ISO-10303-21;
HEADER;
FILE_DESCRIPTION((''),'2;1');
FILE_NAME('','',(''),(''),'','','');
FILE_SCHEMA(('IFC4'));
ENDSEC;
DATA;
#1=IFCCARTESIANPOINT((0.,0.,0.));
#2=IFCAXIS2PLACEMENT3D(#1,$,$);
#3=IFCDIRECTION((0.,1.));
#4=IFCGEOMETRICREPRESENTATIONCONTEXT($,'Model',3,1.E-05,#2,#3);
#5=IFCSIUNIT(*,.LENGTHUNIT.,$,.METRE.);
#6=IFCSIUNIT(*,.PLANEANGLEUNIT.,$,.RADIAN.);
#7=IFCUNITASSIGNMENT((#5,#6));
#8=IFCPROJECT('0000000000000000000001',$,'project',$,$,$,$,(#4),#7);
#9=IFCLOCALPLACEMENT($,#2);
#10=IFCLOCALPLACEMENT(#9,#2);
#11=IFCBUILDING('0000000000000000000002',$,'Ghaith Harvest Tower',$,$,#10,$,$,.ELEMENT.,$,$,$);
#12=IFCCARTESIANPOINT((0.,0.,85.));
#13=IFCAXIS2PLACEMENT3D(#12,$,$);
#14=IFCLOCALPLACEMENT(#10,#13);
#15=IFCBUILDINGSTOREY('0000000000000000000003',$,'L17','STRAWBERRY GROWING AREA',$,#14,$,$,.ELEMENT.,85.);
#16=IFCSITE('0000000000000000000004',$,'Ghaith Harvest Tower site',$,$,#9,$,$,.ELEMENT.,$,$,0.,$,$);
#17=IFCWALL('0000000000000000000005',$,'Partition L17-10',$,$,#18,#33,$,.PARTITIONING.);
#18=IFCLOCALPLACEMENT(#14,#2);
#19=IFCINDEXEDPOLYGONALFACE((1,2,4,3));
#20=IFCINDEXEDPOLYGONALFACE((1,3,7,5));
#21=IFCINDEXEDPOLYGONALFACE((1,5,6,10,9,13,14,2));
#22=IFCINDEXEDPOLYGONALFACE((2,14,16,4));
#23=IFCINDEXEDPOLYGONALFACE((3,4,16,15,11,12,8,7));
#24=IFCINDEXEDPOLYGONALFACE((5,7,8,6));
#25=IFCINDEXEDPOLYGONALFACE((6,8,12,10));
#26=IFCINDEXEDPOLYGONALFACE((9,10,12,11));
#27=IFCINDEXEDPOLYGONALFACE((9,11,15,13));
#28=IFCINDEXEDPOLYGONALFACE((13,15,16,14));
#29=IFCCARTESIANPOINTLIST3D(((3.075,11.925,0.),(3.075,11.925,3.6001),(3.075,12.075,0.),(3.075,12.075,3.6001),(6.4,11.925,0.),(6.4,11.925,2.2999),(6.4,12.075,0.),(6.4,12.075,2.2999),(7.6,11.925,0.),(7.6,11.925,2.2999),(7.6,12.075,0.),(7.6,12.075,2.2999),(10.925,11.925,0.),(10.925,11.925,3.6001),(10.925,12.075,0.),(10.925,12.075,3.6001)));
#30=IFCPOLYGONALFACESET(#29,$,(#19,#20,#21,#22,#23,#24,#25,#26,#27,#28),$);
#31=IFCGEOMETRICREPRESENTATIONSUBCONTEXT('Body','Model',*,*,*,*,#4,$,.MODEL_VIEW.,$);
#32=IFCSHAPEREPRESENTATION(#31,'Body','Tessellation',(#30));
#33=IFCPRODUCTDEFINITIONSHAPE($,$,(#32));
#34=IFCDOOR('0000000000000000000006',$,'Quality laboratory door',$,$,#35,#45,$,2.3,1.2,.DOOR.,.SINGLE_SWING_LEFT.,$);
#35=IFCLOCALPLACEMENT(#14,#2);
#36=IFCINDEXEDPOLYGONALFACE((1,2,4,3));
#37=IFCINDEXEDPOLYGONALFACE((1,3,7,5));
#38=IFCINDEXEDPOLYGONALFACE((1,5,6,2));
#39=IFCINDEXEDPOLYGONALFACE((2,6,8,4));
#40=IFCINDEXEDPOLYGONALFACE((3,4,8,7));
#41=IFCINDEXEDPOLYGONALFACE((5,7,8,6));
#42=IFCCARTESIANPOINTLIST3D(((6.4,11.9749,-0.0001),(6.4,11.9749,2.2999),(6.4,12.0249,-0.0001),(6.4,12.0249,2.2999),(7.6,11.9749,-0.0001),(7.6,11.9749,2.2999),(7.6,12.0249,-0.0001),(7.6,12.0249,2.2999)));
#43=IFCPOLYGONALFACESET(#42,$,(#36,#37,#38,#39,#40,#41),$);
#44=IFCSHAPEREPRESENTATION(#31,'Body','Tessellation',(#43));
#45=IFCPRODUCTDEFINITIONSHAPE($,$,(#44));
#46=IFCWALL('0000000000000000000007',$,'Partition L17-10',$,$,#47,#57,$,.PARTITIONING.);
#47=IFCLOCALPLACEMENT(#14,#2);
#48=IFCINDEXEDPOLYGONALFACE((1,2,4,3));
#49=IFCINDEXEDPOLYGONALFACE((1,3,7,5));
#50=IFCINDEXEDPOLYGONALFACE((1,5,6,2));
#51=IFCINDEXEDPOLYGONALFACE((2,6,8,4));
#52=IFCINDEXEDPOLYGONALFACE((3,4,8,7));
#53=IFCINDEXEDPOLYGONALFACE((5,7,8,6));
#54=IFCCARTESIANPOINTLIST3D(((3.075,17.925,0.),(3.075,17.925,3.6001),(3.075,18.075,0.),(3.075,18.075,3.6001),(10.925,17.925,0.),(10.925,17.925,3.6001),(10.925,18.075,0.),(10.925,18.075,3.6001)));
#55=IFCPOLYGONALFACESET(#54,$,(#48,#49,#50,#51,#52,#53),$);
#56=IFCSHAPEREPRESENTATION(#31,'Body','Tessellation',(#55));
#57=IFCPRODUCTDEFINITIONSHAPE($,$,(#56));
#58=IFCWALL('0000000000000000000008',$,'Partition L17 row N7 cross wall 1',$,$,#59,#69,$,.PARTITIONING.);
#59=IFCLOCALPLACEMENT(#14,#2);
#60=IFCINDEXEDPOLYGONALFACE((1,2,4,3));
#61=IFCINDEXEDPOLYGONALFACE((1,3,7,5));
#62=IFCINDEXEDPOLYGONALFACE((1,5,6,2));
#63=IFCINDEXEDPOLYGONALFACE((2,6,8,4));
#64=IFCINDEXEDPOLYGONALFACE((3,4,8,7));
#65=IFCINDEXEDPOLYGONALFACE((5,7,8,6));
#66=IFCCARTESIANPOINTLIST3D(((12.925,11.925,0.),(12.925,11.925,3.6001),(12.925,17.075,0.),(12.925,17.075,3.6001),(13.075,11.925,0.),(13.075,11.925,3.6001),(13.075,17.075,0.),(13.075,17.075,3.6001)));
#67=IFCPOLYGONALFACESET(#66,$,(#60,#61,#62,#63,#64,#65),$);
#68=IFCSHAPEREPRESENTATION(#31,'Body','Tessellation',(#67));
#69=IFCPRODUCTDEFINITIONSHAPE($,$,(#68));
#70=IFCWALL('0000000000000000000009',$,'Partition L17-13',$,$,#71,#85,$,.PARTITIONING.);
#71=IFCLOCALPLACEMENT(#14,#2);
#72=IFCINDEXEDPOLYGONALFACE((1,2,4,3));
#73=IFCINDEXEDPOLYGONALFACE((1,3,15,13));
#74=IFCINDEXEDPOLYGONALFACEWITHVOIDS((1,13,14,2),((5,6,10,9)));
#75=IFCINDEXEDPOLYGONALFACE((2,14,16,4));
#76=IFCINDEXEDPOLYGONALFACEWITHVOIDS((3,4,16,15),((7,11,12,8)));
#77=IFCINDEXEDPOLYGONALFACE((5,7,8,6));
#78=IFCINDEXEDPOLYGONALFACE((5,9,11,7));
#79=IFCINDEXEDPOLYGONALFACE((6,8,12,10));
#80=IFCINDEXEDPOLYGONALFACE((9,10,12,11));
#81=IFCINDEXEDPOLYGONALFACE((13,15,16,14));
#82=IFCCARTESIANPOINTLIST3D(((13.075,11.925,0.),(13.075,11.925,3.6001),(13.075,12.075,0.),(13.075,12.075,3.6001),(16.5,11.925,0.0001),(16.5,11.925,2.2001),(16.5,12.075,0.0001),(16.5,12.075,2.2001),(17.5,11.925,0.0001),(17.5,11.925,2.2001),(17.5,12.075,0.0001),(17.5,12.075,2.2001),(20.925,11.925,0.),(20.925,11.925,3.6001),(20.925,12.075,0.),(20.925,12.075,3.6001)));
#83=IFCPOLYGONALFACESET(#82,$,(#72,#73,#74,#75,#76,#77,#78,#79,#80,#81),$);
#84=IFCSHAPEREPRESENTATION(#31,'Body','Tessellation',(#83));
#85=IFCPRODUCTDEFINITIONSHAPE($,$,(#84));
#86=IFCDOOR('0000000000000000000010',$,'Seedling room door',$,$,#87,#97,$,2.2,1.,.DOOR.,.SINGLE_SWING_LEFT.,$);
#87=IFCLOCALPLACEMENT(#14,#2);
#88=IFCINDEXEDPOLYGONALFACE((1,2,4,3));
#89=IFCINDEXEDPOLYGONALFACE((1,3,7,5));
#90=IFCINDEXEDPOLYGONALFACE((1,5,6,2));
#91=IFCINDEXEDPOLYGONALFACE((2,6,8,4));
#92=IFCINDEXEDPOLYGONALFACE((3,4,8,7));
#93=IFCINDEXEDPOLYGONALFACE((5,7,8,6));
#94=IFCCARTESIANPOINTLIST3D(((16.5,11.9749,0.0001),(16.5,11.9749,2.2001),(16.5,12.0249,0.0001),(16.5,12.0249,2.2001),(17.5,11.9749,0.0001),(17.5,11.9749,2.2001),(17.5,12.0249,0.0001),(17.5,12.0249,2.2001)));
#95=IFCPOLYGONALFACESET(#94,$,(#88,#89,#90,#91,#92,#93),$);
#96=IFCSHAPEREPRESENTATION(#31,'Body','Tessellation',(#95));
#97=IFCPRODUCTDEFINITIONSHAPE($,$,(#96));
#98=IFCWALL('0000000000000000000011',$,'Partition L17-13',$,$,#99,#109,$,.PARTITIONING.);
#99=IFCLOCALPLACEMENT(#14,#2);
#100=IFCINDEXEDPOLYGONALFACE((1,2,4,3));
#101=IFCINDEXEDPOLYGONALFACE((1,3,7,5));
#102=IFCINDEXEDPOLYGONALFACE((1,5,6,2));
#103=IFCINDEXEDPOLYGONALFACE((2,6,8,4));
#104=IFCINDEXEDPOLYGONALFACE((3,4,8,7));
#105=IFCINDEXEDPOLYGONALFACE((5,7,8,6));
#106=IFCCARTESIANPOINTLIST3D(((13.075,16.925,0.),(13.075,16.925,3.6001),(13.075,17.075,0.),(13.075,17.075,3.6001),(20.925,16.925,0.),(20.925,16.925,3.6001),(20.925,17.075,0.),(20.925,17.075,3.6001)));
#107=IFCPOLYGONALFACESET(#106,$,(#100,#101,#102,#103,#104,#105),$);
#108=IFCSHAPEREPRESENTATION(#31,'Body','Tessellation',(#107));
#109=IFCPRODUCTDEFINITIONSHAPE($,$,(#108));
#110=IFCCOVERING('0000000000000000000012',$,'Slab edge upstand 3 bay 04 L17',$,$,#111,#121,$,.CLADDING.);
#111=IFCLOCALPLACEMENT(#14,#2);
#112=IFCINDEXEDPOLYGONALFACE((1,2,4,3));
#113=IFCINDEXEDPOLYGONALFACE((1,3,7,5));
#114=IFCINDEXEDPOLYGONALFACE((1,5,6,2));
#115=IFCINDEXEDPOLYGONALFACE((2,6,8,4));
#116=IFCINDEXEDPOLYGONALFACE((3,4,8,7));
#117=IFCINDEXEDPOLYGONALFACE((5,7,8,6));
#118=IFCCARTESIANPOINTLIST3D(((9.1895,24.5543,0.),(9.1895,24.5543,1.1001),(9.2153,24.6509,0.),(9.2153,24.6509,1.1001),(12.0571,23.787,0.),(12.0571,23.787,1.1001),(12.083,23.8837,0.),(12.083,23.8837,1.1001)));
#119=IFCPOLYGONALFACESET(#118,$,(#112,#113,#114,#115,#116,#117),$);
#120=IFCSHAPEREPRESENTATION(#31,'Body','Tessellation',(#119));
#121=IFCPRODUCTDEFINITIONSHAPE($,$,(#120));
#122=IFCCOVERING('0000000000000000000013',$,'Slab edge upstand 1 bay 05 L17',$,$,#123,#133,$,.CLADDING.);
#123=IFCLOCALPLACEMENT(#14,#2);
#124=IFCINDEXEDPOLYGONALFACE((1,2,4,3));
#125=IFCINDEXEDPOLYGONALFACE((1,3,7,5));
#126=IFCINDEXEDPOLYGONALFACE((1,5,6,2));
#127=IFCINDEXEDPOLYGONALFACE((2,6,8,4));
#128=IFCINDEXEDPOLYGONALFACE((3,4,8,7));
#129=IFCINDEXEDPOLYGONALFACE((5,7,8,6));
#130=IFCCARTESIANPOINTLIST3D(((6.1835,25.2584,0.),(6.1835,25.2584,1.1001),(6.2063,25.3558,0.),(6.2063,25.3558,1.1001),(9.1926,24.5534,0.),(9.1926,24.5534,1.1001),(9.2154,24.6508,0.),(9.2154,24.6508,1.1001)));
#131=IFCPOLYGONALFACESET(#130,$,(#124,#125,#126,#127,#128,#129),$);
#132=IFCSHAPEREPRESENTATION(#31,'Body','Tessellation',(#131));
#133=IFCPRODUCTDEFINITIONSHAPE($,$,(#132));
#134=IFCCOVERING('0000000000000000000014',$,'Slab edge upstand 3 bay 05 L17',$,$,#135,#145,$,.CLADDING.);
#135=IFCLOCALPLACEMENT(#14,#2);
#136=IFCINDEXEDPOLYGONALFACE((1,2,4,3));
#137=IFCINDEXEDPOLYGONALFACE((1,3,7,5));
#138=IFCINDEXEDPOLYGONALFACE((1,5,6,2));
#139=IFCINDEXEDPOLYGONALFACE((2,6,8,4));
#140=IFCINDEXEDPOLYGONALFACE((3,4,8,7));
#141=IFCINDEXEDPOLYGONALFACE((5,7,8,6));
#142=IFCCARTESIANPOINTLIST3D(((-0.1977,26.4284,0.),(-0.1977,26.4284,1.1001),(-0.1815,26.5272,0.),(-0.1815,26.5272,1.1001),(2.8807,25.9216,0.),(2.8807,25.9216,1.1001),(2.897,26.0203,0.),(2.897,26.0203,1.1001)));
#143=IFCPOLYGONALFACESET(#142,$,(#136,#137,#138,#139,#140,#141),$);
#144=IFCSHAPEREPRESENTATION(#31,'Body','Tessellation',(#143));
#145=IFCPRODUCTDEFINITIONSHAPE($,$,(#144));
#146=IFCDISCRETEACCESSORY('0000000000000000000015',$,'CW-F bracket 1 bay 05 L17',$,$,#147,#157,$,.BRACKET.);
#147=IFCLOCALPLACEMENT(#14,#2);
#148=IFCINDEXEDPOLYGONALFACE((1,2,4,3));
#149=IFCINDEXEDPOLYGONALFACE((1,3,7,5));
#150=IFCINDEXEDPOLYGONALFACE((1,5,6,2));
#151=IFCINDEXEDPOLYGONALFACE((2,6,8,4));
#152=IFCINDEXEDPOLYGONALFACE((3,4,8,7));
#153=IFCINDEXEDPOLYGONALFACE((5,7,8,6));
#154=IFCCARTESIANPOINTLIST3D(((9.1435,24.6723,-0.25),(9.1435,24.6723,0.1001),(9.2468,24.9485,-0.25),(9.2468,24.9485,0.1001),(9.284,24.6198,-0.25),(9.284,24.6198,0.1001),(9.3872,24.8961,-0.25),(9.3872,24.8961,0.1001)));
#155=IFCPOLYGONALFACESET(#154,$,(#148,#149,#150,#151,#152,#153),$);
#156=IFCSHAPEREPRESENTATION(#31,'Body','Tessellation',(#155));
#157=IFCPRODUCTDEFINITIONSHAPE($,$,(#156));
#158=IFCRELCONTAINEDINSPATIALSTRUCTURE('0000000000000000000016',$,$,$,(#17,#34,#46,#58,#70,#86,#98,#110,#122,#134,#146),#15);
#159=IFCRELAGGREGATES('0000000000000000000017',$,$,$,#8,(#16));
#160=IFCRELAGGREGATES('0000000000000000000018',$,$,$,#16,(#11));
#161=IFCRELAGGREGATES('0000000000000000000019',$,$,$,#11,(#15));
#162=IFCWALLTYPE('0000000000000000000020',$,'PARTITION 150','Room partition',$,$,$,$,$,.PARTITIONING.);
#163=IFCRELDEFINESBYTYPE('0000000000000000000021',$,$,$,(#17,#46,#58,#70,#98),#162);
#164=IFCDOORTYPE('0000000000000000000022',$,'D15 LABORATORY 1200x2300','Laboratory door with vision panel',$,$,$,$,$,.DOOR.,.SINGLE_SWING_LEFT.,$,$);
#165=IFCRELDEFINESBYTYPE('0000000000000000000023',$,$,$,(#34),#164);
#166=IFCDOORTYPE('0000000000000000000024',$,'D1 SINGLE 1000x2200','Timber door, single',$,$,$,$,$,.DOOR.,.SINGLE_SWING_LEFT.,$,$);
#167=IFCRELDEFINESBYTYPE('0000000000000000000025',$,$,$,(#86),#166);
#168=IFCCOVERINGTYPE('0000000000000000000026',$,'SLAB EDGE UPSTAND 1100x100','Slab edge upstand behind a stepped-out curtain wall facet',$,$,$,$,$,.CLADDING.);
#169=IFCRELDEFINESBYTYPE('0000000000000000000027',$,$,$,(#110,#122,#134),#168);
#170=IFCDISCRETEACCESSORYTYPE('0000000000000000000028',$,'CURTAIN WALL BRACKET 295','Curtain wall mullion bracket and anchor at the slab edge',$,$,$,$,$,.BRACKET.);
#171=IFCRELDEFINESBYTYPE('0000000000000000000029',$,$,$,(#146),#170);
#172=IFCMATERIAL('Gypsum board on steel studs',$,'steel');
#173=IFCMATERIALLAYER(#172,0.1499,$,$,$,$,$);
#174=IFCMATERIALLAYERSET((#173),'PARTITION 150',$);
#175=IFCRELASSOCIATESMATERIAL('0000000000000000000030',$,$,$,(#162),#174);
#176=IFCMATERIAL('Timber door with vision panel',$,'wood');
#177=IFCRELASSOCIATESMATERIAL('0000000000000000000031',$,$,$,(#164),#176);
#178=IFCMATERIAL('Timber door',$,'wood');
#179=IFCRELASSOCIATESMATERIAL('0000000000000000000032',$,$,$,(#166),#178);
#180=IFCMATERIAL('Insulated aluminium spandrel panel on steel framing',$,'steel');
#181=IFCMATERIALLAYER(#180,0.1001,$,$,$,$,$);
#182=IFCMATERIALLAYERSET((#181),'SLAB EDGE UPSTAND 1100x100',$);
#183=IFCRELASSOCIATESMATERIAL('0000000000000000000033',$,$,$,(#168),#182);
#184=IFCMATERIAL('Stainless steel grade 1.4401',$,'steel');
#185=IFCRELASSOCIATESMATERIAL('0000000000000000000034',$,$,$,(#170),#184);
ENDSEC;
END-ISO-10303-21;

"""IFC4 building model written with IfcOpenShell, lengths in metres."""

from ifc_helpers import new_model, si_unit, direction, frame, frame_2d, origin, origin_2d, place, context, subcontext, project, spatial, rectangle, extrude, material, layer, layer_set, type_object, element, fill, save


model = new_model("IFC4")

# Units and contexts
model_context = context("Model", 3, precision=1e-05, world=origin(), true_north=direction((0.0, 1.0)))
body_context = subcontext(model_context, "Body", "Model", "MODEL_VIEW")
ifc_project = project(units=[si_unit("LENGTHUNIT", "METRE"), si_unit("PLANEANGLEUNIT", "RADIAN")], contexts=[model_context])

# Site, building, storey
site_placement = place(None, origin())
site = spatial("IfcSite", under=ifc_project, at=site_placement, Name="Ghaith Harvest Tower site", CompositionType="ELEMENT", RefElevation=0.0)
building_placement = place(site_placement, origin())
building = spatial("IfcBuilding", under=site, at=building_placement, Name="Ghaith Harvest Tower", CompositionType="ELEMENT")
storey_placement = place(building_placement, frame((0.0, 0.0, 85.0)))
storey = spatial("IfcBuildingStorey", under=building, at=storey_placement, Name="L17", Description="STRAWBERRY GROWING AREA", CompositionType="ELEMENT", Elevation=85.0)

# Shared definitions
ifc_material_1 = material(Name="Gypsum board on steel studs", Category="steel")
ifc_layer_1 = layer(ifc_material_1, 0.1499)
ifc_layer_set_1 = layer_set([ifc_layer_1], Name="PARTITION 150")
wall_type = type_object("IfcWallType", Name="PARTITION 150", Description="Room partition", PredefinedType="PARTITIONING", material=ifc_layer_set_1)

# Wall, opening, door
wall_1_placement = place(storey_placement, frame((3.075, 12.0, 0.0), z_axis=(0.0, 0.0, 1.0), x_axis=(1.0, 0.0, 0.0)))
wall_1 = element("IfcWall", 1, at=wall_1_placement, inside=storey, type_object=wall_type, Name="Partition L17-10", PredefinedType="PARTITIONING", context=body_context, shape_type="SweptSolid", body=[
    extrude(rectangle(XDim=7.8501, YDim=0.1499, at=frame_2d((3.925, 0.0))), origin(), (0.0, 0.0, 1.0), 3.6001),
])
opening_1_placement = place(wall_1_placement, frame((3.325, 0.0, 0.0)))
opening_1 = element("IfcOpeningElement", 2, at=opening_1_placement, cuts=wall_1, PredefinedType="OPENING", context=body_context, shape_type="SweptSolid", body=[
    extrude(rectangle(XDim=1.2, YDim=2.3, at=frame_2d((0.6001, 1.1499))), frame((0.0, 0.085, 0.0), z_axis=(0.0, -1.0, 0.0), x_axis=(1.0, 0.0, 0.0)), (0.0, 0.0, 1.0), 0.1699),
])
ifc_material_2 = material(Name="Timber door with vision panel", Category="wood")
door_type_1 = type_object("IfcDoorType", Name="D15 LABORATORY 1200x2300", Description="Laboratory door with vision panel", OperationType="SINGLE_SWING_LEFT", PredefinedType="DOOR", material=ifc_material_2)
door_1_placement = place(opening_1_placement, origin())
door_1 = element("IfcDoor", 3, at=door_1_placement, inside=storey, type_object=door_type_1, Name="Quality laboratory door", OperationType="SINGLE_SWING_LEFT", OverallHeight=2.3, OverallWidth=1.2, PredefinedType="DOOR", context=body_context, shape_type="SweptSolid", body=[
    extrude(rectangle(XDim=1.2, YDim=2.3, at=frame_2d((0.6001, 1.1499))), frame((0.0, 0.0249, 0.0), z_axis=(0.0, -1.0, 0.0), x_axis=(1.0, 0.0, 0.0)), (0.0, 0.0, 1.0), 0.05),
])
fill(opening_1, door_1)

# Walls
wall_2_placement = place(storey_placement, frame((3.075, 18.0, 0.0), z_axis=(0.0, 0.0, 1.0), x_axis=(1.0, 0.0, 0.0)))
element("IfcWall", 4, at=wall_2_placement, inside=storey, type_object=wall_type, Name="Partition L17-10", PredefinedType="PARTITIONING", context=body_context, shape_type="SweptSolid", body=[
    extrude(rectangle(XDim=7.8501, YDim=0.1499, at=frame_2d((3.925, 0.0))), origin(), (0.0, 0.0, 1.0), 3.6001),
])
wall_3_placement = place(storey_placement, frame((13.0, 11.925, 0.0), z_axis=(0.0, 0.0, 1.0), x_axis=(0.0, 1.0, 0.0)))
element("IfcWall", 5, at=wall_3_placement, inside=storey, type_object=wall_type, Name="Partition L17 row N7 cross wall 1", PredefinedType="PARTITIONING", context=body_context, shape_type="SweptSolid", body=[
    extrude(rectangle(XDim=5.1499, YDim=0.1499, at=frame_2d((2.575, 0.0))), origin(), (0.0, 0.0, 1.0), 3.6001),
])

# Wall, opening, door
wall_4_placement = place(storey_placement, frame((13.075, 12.0, 0.0), z_axis=(0.0, 0.0, 1.0), x_axis=(1.0, 0.0, 0.0)))
wall_4 = element("IfcWall", 6, at=wall_4_placement, inside=storey, type_object=wall_type, Name="Partition L17-13", PredefinedType="PARTITIONING", context=body_context, shape_type="SweptSolid", body=[
    extrude(rectangle(XDim=7.8501, YDim=0.1499, at=frame_2d((3.925, 0.0))), origin(), (0.0, 0.0, 1.0), 3.6001),
])
opening_2_placement = place(wall_4_placement, frame((3.425, 0.0, 0.0)))
opening_2 = element("IfcOpeningElement", 7, at=opening_2_placement, cuts=wall_4, PredefinedType="OPENING", context=body_context, shape_type="SweptSolid", body=[
    extrude(rectangle(XDim=1.0, YDim=2.2, at=frame_2d((0.5, 1.1001))), frame((0.0, 0.085, 0.0), z_axis=(0.0, -1.0, 0.0), x_axis=(1.0, 0.0, 0.0)), (0.0, 0.0, 1.0), 0.1699),
])
ifc_material_3 = material(Name="Timber door", Category="wood")
door_type_2 = type_object("IfcDoorType", Name="D1 SINGLE 1000x2200", Description="Timber door, single", OperationType="SINGLE_SWING_LEFT", PredefinedType="DOOR", material=ifc_material_3)
door_2_placement = place(opening_2_placement, origin())
door_2 = element("IfcDoor", 8, at=door_2_placement, inside=storey, type_object=door_type_2, Name="Seedling room door", OperationType="SINGLE_SWING_LEFT", OverallHeight=2.2, OverallWidth=1.0, PredefinedType="DOOR", context=body_context, shape_type="SweptSolid", body=[
    extrude(rectangle(XDim=1.0, YDim=2.2, at=frame_2d((0.5, 1.1001))), frame((0.0, 0.0249, 0.0), z_axis=(0.0, -1.0, 0.0), x_axis=(1.0, 0.0, 0.0)), (0.0, 0.0, 1.0), 0.05),
])
fill(opening_2, door_2)

# Wall
wall_5_placement = place(storey_placement, frame((13.075, 17.0, 0.0), z_axis=(0.0, 0.0, 1.0), x_axis=(1.0, 0.0, 0.0)))
element("IfcWall", 9, at=wall_5_placement, inside=storey, type_object=wall_type, Name="Partition L17-13", PredefinedType="PARTITIONING", context=body_context, shape_type="SweptSolid", body=[
    extrude(rectangle(XDim=7.8501, YDim=0.1499, at=frame_2d((3.925, 0.0))), origin(), (0.0, 0.0, 1.0), 3.6001),
])

# Coverings
ifc_material_4 = material(Name="Insulated aluminium spandrel panel on steel framing", Category="steel")
ifc_layer_2 = layer(ifc_material_4, 0.1001)
ifc_layer_set_2 = layer_set([ifc_layer_2], Name="SLAB EDGE UPSTAND 1100x100")
covering_type = type_object("IfcCoveringType", Name="SLAB EDGE UPSTAND 1100x100", Description="Slab edge upstand behind a stepped-out curtain wall facet", PredefinedType="CLADDING", material=ifc_layer_set_2)
covering_1_placement = place(storey_placement, frame((10.6362, 24.219, 0.0), z_axis=(0.0, 0.0, 1.0), x_axis=(-0.966024, 0.258451, 0.0)))
element("IfcCovering", 10, at=covering_1_placement, inside=storey, type_object=covering_type, Name="Slab edge upstand 3 bay 04 L17", PredefinedType="CLADDING", context=body_context, shape_type="SweptSolid", body=[
    extrude(rectangle(XDim=2.9685, YDim=0.1001, at=origin_2d()), origin(), (0.0, 0.0, 1.0), 1.1001),
])
covering_2_placement = place(storey_placement, frame((7.6995, 24.9546, 0.0), z_axis=(0.0, 0.0, 1.0), x_axis=(-0.973634, 0.228115, 0.0)))
element("IfcCovering", 11, at=covering_2_placement, inside=storey, type_object=covering_type, Name="Slab edge upstand 1 bay 05 L17", PredefinedType="CLADDING", context=body_context, shape_type="SweptSolid", body=[
    extrude(rectangle(XDim=3.0906, YDim=0.1001, at=origin_2d()), origin(), (0.0, 0.0, 1.0), 1.1001),
])
covering_3_placement = place(storey_placement, frame((1.3496, 26.2244, 0.0), z_axis=(0.0, 0.0, 1.0), x_axis=(-0.986716, 0.162453, 0.0)))
element("IfcCovering", 12, at=covering_3_placement, inside=storey, type_object=covering_type, Name="Slab edge upstand 3 bay 05 L17", PredefinedType="CLADDING", context=body_context, shape_type="SweptSolid", body=[
    extrude(rectangle(XDim=3.1199, YDim=0.1001, at=origin_2d()), origin(), (0.0, 0.0, 1.0), 1.1001),
])

# Discrete accessory
ifc_material_5 = material(Name="Stainless steel grade 1.4401", Category="steel")
discrete_accessory_type = type_object("IfcDiscreteAccessoryType", Name="CURTAIN WALL BRACKET 295", Description="Curtain wall mullion bracket and anchor at the slab edge", PredefinedType="BRACKET", material=ifc_material_5)
discrete_accessory_placement = place(storey_placement, frame((9.2654, 24.7842, -0.25), z_axis=(0.0, 0.0, 1.0), x_axis=(0.350168, 0.936687, 0.0)))
element("IfcDiscreteAccessory", 13, at=discrete_accessory_placement, inside=storey, type_object=discrete_accessory_type, Name="CW-F bracket 1 bay 05 L17", PredefinedType="BRACKET", context=body_context, shape_type="SweptSolid", body=[
    extrude(rectangle(XDim=0.2949, YDim=0.1499, at=origin_2d()), origin(), (0.0, 0.0, 1.0), 0.3501),
])

save(model, "model.ifc")
